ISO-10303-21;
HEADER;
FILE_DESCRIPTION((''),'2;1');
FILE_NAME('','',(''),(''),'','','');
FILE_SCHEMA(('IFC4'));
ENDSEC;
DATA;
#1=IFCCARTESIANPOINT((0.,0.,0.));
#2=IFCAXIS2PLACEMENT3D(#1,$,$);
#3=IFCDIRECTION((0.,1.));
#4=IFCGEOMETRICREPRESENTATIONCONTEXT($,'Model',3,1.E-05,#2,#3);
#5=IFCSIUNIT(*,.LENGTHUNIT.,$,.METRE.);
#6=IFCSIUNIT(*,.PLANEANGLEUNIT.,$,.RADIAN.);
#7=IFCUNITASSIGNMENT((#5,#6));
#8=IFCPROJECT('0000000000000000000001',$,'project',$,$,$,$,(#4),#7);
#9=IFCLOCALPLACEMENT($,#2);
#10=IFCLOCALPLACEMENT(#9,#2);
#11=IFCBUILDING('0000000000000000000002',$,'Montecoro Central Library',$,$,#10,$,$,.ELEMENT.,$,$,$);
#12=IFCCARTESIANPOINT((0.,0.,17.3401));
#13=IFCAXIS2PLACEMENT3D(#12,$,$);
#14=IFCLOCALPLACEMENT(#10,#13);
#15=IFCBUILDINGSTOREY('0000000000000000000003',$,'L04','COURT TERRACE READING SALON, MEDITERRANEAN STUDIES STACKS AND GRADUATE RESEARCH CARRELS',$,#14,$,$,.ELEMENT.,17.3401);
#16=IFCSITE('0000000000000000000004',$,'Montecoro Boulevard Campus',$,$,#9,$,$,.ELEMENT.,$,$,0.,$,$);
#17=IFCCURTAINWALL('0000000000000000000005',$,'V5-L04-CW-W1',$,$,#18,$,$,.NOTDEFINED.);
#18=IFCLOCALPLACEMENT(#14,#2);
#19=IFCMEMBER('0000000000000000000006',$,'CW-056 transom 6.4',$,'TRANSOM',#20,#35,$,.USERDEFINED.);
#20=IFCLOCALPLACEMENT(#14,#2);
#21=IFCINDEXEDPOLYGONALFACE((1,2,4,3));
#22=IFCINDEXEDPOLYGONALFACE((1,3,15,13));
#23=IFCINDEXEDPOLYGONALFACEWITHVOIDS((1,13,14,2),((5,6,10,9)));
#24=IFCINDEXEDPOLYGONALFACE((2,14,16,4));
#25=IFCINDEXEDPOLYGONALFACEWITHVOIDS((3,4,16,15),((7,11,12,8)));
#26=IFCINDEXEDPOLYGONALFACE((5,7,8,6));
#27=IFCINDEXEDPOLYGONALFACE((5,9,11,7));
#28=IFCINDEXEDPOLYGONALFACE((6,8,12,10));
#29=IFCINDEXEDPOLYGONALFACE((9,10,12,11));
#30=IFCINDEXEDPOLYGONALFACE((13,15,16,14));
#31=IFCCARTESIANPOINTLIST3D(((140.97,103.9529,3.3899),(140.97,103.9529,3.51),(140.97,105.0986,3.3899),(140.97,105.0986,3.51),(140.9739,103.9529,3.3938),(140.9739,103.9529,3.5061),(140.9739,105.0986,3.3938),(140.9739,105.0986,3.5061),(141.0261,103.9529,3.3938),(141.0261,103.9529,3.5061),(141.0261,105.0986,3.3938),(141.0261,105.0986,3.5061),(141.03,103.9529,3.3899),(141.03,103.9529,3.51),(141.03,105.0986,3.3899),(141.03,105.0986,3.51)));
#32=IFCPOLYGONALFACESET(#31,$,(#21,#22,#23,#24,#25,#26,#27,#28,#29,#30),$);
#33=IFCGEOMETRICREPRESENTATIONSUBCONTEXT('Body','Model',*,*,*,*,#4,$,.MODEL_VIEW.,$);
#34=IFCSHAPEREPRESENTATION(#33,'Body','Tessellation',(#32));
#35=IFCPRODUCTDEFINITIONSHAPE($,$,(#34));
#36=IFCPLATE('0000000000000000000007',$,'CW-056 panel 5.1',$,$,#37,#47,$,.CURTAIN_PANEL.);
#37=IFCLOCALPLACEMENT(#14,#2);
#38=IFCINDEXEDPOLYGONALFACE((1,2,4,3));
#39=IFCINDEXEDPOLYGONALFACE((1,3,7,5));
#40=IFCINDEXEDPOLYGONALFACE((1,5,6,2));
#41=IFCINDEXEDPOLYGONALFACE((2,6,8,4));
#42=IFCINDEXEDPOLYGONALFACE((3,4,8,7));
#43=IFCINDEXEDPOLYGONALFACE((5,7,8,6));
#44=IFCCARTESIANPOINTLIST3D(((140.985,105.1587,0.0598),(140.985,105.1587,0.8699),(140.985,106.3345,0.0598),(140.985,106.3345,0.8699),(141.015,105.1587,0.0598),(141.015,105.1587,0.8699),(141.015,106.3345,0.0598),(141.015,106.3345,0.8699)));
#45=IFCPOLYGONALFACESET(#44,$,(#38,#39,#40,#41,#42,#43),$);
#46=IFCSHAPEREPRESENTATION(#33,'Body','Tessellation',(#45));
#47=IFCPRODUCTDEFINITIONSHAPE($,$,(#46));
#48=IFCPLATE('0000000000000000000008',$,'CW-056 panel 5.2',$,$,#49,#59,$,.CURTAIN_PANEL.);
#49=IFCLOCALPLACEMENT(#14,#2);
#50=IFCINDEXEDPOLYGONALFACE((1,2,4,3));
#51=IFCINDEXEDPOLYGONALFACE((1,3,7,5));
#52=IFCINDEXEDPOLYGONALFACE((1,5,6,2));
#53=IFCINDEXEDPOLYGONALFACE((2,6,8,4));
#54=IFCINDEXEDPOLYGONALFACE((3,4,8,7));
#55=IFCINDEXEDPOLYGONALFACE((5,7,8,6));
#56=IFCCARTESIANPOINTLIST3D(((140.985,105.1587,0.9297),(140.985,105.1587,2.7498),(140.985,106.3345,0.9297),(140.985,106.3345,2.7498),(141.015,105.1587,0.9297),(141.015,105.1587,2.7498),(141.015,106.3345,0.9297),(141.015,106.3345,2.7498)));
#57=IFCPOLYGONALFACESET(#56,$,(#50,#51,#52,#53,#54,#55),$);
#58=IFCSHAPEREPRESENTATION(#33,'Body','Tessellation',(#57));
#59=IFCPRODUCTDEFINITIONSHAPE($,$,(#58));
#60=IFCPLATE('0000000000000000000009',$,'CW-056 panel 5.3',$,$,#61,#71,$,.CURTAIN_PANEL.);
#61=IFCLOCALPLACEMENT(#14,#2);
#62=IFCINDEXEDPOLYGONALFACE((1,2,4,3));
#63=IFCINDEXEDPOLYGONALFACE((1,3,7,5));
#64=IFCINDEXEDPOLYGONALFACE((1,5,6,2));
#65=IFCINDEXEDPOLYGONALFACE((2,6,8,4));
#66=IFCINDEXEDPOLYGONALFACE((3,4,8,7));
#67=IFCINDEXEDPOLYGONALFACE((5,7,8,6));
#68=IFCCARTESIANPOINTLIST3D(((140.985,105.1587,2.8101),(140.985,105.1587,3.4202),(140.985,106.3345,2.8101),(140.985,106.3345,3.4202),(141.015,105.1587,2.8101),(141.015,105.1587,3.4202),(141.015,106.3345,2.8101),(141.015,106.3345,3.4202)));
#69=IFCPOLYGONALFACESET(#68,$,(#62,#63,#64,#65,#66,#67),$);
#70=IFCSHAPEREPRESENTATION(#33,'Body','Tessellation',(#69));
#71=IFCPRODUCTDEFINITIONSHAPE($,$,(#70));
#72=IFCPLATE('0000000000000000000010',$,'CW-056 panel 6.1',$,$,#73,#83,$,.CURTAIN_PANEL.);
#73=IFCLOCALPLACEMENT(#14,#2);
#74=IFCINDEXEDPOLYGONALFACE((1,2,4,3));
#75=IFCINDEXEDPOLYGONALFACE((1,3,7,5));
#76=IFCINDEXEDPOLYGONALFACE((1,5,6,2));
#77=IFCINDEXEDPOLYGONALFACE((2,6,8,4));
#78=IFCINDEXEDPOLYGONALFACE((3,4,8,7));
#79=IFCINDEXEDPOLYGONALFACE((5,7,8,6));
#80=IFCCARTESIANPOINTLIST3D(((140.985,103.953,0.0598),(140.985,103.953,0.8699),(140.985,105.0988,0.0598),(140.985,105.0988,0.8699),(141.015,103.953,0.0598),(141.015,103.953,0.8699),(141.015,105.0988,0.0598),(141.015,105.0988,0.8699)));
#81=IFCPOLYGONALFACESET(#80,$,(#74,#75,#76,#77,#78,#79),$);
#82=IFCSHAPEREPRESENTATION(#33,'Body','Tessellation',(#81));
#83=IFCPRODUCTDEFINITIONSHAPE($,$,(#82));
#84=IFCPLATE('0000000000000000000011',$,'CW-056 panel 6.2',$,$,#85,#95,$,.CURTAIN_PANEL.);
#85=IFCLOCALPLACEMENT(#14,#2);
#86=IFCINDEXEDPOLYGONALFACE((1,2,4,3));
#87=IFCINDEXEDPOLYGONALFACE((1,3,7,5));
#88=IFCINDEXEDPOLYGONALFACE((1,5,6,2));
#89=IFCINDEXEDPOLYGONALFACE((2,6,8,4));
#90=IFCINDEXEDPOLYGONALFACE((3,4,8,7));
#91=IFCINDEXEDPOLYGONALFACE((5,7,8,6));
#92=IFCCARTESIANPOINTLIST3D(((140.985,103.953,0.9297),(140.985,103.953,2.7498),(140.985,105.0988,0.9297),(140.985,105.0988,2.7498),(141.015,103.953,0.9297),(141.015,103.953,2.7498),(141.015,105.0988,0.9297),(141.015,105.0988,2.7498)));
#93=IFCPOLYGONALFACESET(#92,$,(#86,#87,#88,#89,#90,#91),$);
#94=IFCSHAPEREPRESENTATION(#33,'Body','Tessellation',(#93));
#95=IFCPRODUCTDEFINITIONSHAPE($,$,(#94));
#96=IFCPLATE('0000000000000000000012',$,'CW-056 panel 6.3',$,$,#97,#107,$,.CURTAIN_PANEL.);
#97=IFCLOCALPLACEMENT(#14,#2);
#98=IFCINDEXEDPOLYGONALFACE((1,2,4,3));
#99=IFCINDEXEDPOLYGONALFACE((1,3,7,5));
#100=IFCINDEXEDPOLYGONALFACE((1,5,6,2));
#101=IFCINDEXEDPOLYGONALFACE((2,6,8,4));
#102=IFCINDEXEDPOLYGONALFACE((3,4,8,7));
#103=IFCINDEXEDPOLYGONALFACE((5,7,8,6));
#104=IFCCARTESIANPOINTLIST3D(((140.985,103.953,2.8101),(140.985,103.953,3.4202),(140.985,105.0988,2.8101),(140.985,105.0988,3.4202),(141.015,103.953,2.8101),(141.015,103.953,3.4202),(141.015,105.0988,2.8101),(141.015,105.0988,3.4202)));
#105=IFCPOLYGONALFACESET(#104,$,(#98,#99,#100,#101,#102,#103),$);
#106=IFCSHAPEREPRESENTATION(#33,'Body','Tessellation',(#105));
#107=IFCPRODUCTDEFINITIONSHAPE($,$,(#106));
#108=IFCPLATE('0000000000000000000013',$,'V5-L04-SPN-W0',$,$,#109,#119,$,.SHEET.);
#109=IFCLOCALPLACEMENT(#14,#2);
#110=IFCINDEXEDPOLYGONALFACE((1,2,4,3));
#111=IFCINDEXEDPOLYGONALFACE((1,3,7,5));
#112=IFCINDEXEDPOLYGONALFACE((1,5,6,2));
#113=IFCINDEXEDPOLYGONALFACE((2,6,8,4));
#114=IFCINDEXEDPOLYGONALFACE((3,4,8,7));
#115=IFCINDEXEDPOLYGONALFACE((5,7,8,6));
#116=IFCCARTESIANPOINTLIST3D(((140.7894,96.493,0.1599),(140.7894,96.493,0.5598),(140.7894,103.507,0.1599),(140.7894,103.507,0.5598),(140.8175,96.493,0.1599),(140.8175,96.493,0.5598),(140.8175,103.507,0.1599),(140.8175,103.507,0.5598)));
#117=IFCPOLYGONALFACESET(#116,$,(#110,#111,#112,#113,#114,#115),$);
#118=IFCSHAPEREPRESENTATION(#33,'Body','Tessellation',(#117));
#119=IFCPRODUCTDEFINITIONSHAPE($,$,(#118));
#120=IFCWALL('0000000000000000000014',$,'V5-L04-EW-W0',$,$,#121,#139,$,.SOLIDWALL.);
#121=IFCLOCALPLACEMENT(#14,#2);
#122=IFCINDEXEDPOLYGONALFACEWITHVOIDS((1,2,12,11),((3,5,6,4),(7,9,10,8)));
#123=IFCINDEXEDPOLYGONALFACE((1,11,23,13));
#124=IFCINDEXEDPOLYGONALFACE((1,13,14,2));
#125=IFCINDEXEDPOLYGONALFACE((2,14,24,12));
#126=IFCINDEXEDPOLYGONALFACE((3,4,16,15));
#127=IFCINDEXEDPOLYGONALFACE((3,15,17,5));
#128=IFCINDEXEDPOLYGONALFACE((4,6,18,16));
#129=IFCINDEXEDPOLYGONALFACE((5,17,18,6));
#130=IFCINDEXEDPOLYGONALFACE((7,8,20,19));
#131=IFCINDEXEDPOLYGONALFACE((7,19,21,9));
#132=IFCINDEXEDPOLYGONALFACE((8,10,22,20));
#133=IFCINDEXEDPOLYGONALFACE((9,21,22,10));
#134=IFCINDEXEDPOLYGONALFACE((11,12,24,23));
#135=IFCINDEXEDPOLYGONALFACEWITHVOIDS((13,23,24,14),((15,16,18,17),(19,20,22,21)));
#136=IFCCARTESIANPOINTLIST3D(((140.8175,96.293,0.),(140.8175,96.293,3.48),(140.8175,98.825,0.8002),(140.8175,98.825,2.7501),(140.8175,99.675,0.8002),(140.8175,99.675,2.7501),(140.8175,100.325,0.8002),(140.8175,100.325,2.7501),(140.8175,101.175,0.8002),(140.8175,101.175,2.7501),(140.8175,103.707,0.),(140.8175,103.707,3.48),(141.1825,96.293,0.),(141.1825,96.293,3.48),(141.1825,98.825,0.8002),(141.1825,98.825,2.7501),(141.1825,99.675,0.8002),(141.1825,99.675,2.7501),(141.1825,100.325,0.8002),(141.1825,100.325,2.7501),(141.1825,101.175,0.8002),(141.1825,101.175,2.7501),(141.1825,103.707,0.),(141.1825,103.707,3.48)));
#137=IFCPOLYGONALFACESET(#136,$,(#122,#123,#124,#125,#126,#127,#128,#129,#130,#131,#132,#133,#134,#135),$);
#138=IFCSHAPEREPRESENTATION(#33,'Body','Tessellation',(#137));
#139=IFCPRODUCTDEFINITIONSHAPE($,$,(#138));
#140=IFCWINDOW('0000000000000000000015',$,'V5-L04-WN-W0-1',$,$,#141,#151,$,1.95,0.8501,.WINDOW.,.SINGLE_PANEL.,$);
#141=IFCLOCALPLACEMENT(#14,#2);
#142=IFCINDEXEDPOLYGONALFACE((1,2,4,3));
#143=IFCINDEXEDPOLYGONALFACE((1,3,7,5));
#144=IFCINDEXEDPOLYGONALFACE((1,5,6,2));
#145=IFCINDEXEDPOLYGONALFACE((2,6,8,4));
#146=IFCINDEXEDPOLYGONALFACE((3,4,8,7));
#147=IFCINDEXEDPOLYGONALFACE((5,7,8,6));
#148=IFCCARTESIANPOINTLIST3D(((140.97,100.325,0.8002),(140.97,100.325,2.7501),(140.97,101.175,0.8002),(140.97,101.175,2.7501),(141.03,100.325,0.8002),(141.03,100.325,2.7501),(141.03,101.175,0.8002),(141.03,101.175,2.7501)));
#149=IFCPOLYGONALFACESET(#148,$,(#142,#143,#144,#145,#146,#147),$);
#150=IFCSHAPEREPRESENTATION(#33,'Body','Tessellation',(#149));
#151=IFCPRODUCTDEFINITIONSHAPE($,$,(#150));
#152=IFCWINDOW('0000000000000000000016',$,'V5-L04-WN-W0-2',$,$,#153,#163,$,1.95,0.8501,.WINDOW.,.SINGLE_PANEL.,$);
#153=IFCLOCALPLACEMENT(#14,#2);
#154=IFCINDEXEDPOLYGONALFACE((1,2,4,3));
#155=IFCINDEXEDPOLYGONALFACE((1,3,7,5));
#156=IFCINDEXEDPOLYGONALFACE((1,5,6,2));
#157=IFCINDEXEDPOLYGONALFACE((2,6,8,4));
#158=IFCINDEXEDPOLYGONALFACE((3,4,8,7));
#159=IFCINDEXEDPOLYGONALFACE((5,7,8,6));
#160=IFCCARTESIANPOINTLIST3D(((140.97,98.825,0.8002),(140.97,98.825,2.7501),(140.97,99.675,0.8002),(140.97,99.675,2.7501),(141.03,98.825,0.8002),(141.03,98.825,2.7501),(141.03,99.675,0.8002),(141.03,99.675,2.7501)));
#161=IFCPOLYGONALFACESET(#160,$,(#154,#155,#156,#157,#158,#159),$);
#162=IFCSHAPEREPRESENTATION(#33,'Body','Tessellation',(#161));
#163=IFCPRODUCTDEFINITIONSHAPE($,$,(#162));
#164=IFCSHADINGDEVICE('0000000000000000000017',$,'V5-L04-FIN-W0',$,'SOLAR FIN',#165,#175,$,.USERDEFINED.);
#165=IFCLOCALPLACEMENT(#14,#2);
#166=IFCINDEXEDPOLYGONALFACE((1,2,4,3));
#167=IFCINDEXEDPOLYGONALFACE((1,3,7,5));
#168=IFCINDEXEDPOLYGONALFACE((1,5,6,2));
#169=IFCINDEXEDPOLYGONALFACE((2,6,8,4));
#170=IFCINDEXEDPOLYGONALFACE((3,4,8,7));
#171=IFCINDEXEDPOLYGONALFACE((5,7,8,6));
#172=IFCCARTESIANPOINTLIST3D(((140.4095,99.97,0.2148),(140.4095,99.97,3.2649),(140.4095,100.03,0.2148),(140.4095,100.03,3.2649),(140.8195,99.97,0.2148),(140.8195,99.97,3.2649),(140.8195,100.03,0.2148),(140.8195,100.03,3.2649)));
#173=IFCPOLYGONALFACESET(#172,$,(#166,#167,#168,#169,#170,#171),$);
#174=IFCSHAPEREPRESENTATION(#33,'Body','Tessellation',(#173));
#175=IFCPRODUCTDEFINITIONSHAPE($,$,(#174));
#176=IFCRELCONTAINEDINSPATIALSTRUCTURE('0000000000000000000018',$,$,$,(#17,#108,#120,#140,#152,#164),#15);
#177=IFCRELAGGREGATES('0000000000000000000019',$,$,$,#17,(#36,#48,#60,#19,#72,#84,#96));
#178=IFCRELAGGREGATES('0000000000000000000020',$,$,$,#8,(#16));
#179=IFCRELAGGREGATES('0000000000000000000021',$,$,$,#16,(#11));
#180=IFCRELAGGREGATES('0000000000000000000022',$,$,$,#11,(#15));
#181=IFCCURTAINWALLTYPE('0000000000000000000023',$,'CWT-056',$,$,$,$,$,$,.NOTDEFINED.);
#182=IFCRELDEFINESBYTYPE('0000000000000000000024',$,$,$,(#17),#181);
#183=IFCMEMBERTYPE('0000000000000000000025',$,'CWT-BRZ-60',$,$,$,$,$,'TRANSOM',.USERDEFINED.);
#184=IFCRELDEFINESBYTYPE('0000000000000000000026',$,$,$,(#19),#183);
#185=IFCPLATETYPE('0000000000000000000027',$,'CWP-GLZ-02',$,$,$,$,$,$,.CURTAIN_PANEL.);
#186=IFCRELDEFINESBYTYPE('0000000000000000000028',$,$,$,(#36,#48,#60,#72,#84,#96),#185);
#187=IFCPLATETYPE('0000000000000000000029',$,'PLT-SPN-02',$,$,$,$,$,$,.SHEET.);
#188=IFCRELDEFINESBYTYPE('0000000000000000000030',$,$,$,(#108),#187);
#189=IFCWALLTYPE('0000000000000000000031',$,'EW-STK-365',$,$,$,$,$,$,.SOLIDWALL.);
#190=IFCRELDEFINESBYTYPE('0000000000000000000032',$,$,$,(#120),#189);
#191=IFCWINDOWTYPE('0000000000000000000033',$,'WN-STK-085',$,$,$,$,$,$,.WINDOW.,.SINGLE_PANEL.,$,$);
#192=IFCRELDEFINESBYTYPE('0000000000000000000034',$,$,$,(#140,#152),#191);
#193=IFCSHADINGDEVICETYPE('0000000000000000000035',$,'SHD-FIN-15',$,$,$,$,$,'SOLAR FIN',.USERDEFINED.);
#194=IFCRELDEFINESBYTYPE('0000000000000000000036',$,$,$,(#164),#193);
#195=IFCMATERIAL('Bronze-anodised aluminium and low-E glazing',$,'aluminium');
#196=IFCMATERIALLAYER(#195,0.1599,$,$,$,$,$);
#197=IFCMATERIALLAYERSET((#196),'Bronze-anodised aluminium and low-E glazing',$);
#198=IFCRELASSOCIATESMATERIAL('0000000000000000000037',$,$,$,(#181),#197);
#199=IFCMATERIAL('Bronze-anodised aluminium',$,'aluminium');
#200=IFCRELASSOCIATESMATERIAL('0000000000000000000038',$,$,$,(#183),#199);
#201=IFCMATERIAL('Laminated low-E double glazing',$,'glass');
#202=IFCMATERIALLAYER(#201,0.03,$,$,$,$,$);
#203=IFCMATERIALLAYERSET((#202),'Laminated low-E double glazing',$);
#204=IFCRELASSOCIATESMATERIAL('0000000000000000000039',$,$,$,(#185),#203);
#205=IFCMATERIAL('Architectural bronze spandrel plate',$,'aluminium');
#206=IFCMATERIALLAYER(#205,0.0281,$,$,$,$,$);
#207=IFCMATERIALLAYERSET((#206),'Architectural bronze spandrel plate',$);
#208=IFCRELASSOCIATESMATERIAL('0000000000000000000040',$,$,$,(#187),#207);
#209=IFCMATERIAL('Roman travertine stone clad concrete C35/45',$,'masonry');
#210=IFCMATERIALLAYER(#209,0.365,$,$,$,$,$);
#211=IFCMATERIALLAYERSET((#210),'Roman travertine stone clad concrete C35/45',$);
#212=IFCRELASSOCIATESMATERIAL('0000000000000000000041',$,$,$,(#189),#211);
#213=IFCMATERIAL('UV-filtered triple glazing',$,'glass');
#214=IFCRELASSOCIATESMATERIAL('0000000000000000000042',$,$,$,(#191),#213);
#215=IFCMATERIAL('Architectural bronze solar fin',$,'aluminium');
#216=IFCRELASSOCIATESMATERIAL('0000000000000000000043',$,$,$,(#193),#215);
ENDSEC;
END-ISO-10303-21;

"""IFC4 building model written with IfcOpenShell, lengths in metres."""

from ifc_helpers import new_model, si_unit, direction, frame, frame_2d, origin, origin_2d, place, context, subcontext, project, spatial, rectangle, hollow_rectangle, extrude, material, layer, layer_set, material_profile, profile_set, type_object, element, fill, aggregate, save


model = new_model("IFC4")

# Units and contexts
model_context = context("Model", 3, precision=1e-05, world=origin(), true_north=direction((0.0, 1.0)))
body_context = subcontext(model_context, "Body", "Model", "MODEL_VIEW")
ifc_project = project(units=[si_unit("LENGTHUNIT", "METRE"), si_unit("PLANEANGLEUNIT", "RADIAN")], contexts=[model_context])

# Site, building, storey
site_placement = place(None, origin())
site = spatial("IfcSite", under=ifc_project, at=site_placement, Name="Montecoro Boulevard Campus", CompositionType="ELEMENT", RefElevation=0.0)
building_placement = place(site_placement, origin())
building = spatial("IfcBuilding", under=site, at=building_placement, Name="Montecoro Central Library", CompositionType="ELEMENT")
storey_placement = place(building_placement, frame((0.0, 0.0, 17.3401)))
storey = spatial("IfcBuildingStorey", under=building, at=storey_placement, Name="L04", Description="COURT TERRACE READING SALON, MEDITERRANEAN STUDIES STACKS AND GRADUATE RESEARCH CARRELS", CompositionType="ELEMENT", Elevation=17.3401)

# Curtain wall, member, plates
ifc_material_1 = material(Name="Bronze-anodised aluminium and low-E glazing", Category="aluminium")
ifc_layer_1 = layer(ifc_material_1, 0.1599)
ifc_layer_set_1 = layer_set([ifc_layer_1], Name="Bronze-anodised aluminium and low-E glazing")
curtain_wall_type = type_object("IfcCurtainWallType", Name="CWT-056", PredefinedType="NOTDEFINED", material=ifc_layer_set_1)
curtain_wall_placement = place(storey_placement, origin())
curtain_wall = element("IfcCurtainWall", 1, at=curtain_wall_placement, inside=storey, type_object=curtain_wall_type, Name="V5-L04-CW-W1", PredefinedType="NOTDEFINED")
ifc_material_2 = material(Name="Bronze-anodised aluminium", Category="aluminium")
ifc_material_profile_1 = material_profile(ifc_material_2, hollow_rectangle(XDim=0.0601, YDim=0.1201, WallThickness=0.0039, at=origin_2d()), Name="CWT 120x60x4.0")
ifc_profile_set_1 = profile_set([ifc_material_profile_1], Name="Bronze-anodised aluminium")
member_type_1 = type_object("IfcMemberType", Name="CWT-BRZ-60", ElementType="TRANSOM", PredefinedType="USERDEFINED", material=ifc_profile_set_1)
member_1_placement = place(storey_placement, frame((141.0, 105.0986, 3.45), z_axis=(0.0, -1.0, 0.0), x_axis=(1.0, 0.0, 0.0)))
member_1 = element("IfcMember", 2, at=member_1_placement, type_object=member_type_1, Name="CW-056 transom 6.4", ObjectType="TRANSOM", PredefinedType="USERDEFINED", context=body_context, shape_type="SweptSolid", body=[
    extrude(hollow_rectangle(XDim=0.0601, YDim=0.1201, WallThickness=0.0039, at=origin_2d()), origin(), (0.0, 0.0, 1.0), 1.1458),
])
ifc_material_3 = material(Name="Laminated low-E double glazing", Category="glass")
ifc_layer_2 = layer(ifc_material_3, 0.03)
ifc_layer_set_2 = layer_set([ifc_layer_2], Name="Laminated low-E double glazing")
plate_type_1 = type_object("IfcPlateType", Name="CWP-GLZ-02", PredefinedType="CURTAIN_PANEL", material=ifc_layer_set_2)
plate_1_placement = place(storey_placement, frame((141.0, 105.7466, 0.0598), z_axis=(0.0, 0.0, 1.0), x_axis=(0.0, -1.0, 0.0)))
plate_1 = element("IfcPlate", 3, at=plate_1_placement, type_object=plate_type_1, Name="CW-056 panel 5.1", PredefinedType="CURTAIN_PANEL", context=body_context, shape_type="SweptSolid", body=[
    extrude(rectangle(XDim=1.1758, YDim=0.03, at=origin_2d()), origin(), (0.0, 0.0, 1.0), 0.8101),
])
plate_2_placement = place(storey_placement, frame((141.0, 105.7466, 0.9297), z_axis=(0.0, 0.0, 1.0), x_axis=(0.0, -1.0, 0.0)))
plate_2 = element("IfcPlate", 4, at=plate_2_placement, type_object=plate_type_1, Name="CW-056 panel 5.2", PredefinedType="CURTAIN_PANEL", context=body_context, shape_type="SweptSolid", body=[
    extrude(rectangle(XDim=1.1758, YDim=0.03, at=origin_2d()), origin(), (0.0, 0.0, 1.0), 1.8201),
])
plate_3_placement = place(storey_placement, frame((141.0, 105.7466, 2.8101), z_axis=(0.0, 0.0, 1.0), x_axis=(0.0, -1.0, 0.0)))
plate_3 = element("IfcPlate", 5, at=plate_3_placement, type_object=plate_type_1, Name="CW-056 panel 5.3", PredefinedType="CURTAIN_PANEL", context=body_context, shape_type="SweptSolid", body=[
    extrude(rectangle(XDim=1.1758, YDim=0.03, at=origin_2d()), origin(), (0.0, 0.0, 1.0), 0.6101),
])
plate_4_placement = place(storey_placement, frame((141.0, 104.5259, 0.0598), z_axis=(0.0, 0.0, 1.0), x_axis=(0.0, -1.0, 0.0)))
plate_4 = element("IfcPlate", 6, at=plate_4_placement, type_object=plate_type_1, Name="CW-056 panel 6.1", PredefinedType="CURTAIN_PANEL", context=body_context, shape_type="SweptSolid", body=[
    extrude(rectangle(XDim=1.1458, YDim=0.03, at=origin_2d()), origin(), (0.0, 0.0, 1.0), 0.8101),
])
plate_5_placement = place(storey_placement, frame((141.0, 104.5259, 0.9297), z_axis=(0.0, 0.0, 1.0), x_axis=(0.0, -1.0, 0.0)))
plate_5 = element("IfcPlate", 7, at=plate_5_placement, type_object=plate_type_1, Name="CW-056 panel 6.2", PredefinedType="CURTAIN_PANEL", context=body_context, shape_type="SweptSolid", body=[
    extrude(rectangle(XDim=1.1458, YDim=0.03, at=origin_2d()), origin(), (0.0, 0.0, 1.0), 1.8201),
])
plate_6_placement = place(storey_placement, frame((141.0, 104.5259, 2.8101), z_axis=(0.0, 0.0, 1.0), x_axis=(0.0, -1.0, 0.0)))
plate_6 = element("IfcPlate", 8, at=plate_6_placement, type_object=plate_type_1, Name="CW-056 panel 6.3", PredefinedType="CURTAIN_PANEL", context=body_context, shape_type="SweptSolid", body=[
    extrude(rectangle(XDim=1.1458, YDim=0.03, at=origin_2d()), origin(), (0.0, 0.0, 1.0), 0.6101),
])
aggregate(curtain_wall, [plate_1, plate_2, plate_3, member_1, plate_4, plate_5, plate_6])

# Plate
ifc_material_4 = material(Name="Architectural bronze spandrel plate", Category="aluminium")
ifc_layer_3 = layer(ifc_material_4, 0.0281)
ifc_layer_set_3 = layer_set([ifc_layer_3], Name="Architectural bronze spandrel plate")
plate_type_2 = type_object("IfcPlateType", Name="PLT-SPN-02", PredefinedType="SHEET", material=ifc_layer_set_3)
plate_7_placement = place(storey_placement, frame((140.8035, 100.0, 0.1599), z_axis=(0.0, 0.0, 1.0), x_axis=(0.0, -1.0, 0.0)))
element("IfcPlate", 9, at=plate_7_placement, inside=storey, type_object=plate_type_2, Name="V5-L04-SPN-W0", PredefinedType="SHEET", context=body_context, shape_type="SweptSolid", body=[
    extrude(rectangle(XDim=7.0139, YDim=0.0281, at=origin_2d()), origin(), (0.0, 0.0, 1.0), 0.3999),
])

# Wall, openings, windows
ifc_material_5 = material(Name="Roman travertine stone clad concrete C35/45", Category="masonry")
ifc_layer_4 = layer(ifc_material_5, 0.365)
ifc_layer_set_4 = layer_set([ifc_layer_4], Name="Roman travertine stone clad concrete C35/45")
wall_type = type_object("IfcWallType", Name="EW-STK-365", PredefinedType="SOLIDWALL", material=ifc_layer_set_4)
wall_placement = place(storey_placement, frame((141.0, 103.707, 0.0), z_axis=(0.0, 0.0, 1.0), x_axis=(0.0, -1.0, 0.0)))
wall = element("IfcWall", 10, at=wall_placement, inside=storey, type_object=wall_type, Name="V5-L04-EW-W0", PredefinedType="SOLIDWALL", context=body_context, shape_type="SweptSolid", body=[
    extrude(rectangle(XDim=7.4141, YDim=0.365, at=frame_2d((3.707, 0.0))), origin(), (0.0, 0.0, 1.0), 3.48),
])
opening_1_placement = place(wall_placement, frame((2.532, 0.0, 0.8)))
opening_1 = element("IfcOpeningElement", 11, at=opening_1_placement, cuts=wall, PredefinedType="OPENING", context=body_context, shape_type="SweptSolid", body=[
    extrude(rectangle(XDim=0.8501, YDim=1.95, at=frame_2d((0.425, 0.9751))), frame((0.0, 0.1924, 0.0), z_axis=(0.0, -1.0, 0.0), x_axis=(1.0, 0.0, 0.0)), (0.0, 0.0, 1.0), 0.385),
])
opening_2_placement = place(wall_placement, frame((4.032, 0.0, 0.8)))
opening_2 = element("IfcOpeningElement", 12, at=opening_2_placement, cuts=wall, PredefinedType="OPENING", context=body_context, shape_type="SweptSolid", body=[
    extrude(rectangle(XDim=0.8501, YDim=1.95, at=frame_2d((0.425, 0.9751))), frame((0.0, 0.1924, 0.0), z_axis=(0.0, -1.0, 0.0), x_axis=(1.0, 0.0, 0.0)), (0.0, 0.0, 1.0), 0.385),
])
ifc_material_6 = material(Name="UV-filtered triple glazing", Category="glass")
window_type = type_object("IfcWindowType", Name="WN-STK-085", PartitioningType="SINGLE_PANEL", PredefinedType="WINDOW", material=ifc_material_6)
window_1_placement = place(opening_1_placement, origin())
window_1 = element("IfcWindow", 13, at=window_1_placement, inside=storey, type_object=window_type, Name="V5-L04-WN-W0-1", OverallHeight=1.95, OverallWidth=0.8501, PartitioningType="SINGLE_PANEL", PredefinedType="WINDOW", context=body_context, shape_type="SweptSolid", body=[
    extrude(rectangle(XDim=0.8501, YDim=1.95, at=frame_2d((0.425, 0.9751))), frame((0.0, 0.03, 0.0), z_axis=(0.0, -1.0, 0.0), x_axis=(1.0, 0.0, 0.0)), (0.0, 0.0, 1.0), 0.0601),
])
fill(opening_1, window_1)
window_2_placement = place(opening_2_placement, origin())
window_2 = element("IfcWindow", 14, at=window_2_placement, inside=storey, type_object=window_type, Name="V5-L04-WN-W0-2", OverallHeight=1.95, OverallWidth=0.8501, PartitioningType="SINGLE_PANEL", PredefinedType="WINDOW", context=body_context, shape_type="SweptSolid", body=[
    extrude(rectangle(XDim=0.8501, YDim=1.95, at=frame_2d((0.425, 0.9751))), frame((0.0, 0.03, 0.0), z_axis=(0.0, -1.0, 0.0), x_axis=(1.0, 0.0, 0.0)), (0.0, 0.0, 1.0), 0.0601),
])
fill(opening_2, window_2)

# Shading device
ifc_material_7 = material(Name="Architectural bronze solar fin", Category="aluminium")
shading_device_type = type_object("IfcShadingDeviceType", Name="SHD-FIN-15", ElementType="SOLAR FIN", PredefinedType="USERDEFINED", material=ifc_material_7)
shading_device_placement = place(storey_placement, frame((140.6145, 100.0, 0.2148), z_axis=(0.0, 0.0, 1.0), x_axis=(0.0, -1.0, 0.0)))
element("IfcShadingDevice", 15, at=shading_device_placement, inside=storey, type_object=shading_device_type, Name="V5-L04-FIN-W0", ObjectType="SOLAR FIN", PredefinedType="USERDEFINED", context=body_context, shape_type="SweptSolid", body=[
    extrude(rectangle(XDim=0.0601, YDim=0.4099, at=origin_2d()), origin(), (0.0, 0.0, 1.0), 3.05),
])

save(model, "model.ifc")
